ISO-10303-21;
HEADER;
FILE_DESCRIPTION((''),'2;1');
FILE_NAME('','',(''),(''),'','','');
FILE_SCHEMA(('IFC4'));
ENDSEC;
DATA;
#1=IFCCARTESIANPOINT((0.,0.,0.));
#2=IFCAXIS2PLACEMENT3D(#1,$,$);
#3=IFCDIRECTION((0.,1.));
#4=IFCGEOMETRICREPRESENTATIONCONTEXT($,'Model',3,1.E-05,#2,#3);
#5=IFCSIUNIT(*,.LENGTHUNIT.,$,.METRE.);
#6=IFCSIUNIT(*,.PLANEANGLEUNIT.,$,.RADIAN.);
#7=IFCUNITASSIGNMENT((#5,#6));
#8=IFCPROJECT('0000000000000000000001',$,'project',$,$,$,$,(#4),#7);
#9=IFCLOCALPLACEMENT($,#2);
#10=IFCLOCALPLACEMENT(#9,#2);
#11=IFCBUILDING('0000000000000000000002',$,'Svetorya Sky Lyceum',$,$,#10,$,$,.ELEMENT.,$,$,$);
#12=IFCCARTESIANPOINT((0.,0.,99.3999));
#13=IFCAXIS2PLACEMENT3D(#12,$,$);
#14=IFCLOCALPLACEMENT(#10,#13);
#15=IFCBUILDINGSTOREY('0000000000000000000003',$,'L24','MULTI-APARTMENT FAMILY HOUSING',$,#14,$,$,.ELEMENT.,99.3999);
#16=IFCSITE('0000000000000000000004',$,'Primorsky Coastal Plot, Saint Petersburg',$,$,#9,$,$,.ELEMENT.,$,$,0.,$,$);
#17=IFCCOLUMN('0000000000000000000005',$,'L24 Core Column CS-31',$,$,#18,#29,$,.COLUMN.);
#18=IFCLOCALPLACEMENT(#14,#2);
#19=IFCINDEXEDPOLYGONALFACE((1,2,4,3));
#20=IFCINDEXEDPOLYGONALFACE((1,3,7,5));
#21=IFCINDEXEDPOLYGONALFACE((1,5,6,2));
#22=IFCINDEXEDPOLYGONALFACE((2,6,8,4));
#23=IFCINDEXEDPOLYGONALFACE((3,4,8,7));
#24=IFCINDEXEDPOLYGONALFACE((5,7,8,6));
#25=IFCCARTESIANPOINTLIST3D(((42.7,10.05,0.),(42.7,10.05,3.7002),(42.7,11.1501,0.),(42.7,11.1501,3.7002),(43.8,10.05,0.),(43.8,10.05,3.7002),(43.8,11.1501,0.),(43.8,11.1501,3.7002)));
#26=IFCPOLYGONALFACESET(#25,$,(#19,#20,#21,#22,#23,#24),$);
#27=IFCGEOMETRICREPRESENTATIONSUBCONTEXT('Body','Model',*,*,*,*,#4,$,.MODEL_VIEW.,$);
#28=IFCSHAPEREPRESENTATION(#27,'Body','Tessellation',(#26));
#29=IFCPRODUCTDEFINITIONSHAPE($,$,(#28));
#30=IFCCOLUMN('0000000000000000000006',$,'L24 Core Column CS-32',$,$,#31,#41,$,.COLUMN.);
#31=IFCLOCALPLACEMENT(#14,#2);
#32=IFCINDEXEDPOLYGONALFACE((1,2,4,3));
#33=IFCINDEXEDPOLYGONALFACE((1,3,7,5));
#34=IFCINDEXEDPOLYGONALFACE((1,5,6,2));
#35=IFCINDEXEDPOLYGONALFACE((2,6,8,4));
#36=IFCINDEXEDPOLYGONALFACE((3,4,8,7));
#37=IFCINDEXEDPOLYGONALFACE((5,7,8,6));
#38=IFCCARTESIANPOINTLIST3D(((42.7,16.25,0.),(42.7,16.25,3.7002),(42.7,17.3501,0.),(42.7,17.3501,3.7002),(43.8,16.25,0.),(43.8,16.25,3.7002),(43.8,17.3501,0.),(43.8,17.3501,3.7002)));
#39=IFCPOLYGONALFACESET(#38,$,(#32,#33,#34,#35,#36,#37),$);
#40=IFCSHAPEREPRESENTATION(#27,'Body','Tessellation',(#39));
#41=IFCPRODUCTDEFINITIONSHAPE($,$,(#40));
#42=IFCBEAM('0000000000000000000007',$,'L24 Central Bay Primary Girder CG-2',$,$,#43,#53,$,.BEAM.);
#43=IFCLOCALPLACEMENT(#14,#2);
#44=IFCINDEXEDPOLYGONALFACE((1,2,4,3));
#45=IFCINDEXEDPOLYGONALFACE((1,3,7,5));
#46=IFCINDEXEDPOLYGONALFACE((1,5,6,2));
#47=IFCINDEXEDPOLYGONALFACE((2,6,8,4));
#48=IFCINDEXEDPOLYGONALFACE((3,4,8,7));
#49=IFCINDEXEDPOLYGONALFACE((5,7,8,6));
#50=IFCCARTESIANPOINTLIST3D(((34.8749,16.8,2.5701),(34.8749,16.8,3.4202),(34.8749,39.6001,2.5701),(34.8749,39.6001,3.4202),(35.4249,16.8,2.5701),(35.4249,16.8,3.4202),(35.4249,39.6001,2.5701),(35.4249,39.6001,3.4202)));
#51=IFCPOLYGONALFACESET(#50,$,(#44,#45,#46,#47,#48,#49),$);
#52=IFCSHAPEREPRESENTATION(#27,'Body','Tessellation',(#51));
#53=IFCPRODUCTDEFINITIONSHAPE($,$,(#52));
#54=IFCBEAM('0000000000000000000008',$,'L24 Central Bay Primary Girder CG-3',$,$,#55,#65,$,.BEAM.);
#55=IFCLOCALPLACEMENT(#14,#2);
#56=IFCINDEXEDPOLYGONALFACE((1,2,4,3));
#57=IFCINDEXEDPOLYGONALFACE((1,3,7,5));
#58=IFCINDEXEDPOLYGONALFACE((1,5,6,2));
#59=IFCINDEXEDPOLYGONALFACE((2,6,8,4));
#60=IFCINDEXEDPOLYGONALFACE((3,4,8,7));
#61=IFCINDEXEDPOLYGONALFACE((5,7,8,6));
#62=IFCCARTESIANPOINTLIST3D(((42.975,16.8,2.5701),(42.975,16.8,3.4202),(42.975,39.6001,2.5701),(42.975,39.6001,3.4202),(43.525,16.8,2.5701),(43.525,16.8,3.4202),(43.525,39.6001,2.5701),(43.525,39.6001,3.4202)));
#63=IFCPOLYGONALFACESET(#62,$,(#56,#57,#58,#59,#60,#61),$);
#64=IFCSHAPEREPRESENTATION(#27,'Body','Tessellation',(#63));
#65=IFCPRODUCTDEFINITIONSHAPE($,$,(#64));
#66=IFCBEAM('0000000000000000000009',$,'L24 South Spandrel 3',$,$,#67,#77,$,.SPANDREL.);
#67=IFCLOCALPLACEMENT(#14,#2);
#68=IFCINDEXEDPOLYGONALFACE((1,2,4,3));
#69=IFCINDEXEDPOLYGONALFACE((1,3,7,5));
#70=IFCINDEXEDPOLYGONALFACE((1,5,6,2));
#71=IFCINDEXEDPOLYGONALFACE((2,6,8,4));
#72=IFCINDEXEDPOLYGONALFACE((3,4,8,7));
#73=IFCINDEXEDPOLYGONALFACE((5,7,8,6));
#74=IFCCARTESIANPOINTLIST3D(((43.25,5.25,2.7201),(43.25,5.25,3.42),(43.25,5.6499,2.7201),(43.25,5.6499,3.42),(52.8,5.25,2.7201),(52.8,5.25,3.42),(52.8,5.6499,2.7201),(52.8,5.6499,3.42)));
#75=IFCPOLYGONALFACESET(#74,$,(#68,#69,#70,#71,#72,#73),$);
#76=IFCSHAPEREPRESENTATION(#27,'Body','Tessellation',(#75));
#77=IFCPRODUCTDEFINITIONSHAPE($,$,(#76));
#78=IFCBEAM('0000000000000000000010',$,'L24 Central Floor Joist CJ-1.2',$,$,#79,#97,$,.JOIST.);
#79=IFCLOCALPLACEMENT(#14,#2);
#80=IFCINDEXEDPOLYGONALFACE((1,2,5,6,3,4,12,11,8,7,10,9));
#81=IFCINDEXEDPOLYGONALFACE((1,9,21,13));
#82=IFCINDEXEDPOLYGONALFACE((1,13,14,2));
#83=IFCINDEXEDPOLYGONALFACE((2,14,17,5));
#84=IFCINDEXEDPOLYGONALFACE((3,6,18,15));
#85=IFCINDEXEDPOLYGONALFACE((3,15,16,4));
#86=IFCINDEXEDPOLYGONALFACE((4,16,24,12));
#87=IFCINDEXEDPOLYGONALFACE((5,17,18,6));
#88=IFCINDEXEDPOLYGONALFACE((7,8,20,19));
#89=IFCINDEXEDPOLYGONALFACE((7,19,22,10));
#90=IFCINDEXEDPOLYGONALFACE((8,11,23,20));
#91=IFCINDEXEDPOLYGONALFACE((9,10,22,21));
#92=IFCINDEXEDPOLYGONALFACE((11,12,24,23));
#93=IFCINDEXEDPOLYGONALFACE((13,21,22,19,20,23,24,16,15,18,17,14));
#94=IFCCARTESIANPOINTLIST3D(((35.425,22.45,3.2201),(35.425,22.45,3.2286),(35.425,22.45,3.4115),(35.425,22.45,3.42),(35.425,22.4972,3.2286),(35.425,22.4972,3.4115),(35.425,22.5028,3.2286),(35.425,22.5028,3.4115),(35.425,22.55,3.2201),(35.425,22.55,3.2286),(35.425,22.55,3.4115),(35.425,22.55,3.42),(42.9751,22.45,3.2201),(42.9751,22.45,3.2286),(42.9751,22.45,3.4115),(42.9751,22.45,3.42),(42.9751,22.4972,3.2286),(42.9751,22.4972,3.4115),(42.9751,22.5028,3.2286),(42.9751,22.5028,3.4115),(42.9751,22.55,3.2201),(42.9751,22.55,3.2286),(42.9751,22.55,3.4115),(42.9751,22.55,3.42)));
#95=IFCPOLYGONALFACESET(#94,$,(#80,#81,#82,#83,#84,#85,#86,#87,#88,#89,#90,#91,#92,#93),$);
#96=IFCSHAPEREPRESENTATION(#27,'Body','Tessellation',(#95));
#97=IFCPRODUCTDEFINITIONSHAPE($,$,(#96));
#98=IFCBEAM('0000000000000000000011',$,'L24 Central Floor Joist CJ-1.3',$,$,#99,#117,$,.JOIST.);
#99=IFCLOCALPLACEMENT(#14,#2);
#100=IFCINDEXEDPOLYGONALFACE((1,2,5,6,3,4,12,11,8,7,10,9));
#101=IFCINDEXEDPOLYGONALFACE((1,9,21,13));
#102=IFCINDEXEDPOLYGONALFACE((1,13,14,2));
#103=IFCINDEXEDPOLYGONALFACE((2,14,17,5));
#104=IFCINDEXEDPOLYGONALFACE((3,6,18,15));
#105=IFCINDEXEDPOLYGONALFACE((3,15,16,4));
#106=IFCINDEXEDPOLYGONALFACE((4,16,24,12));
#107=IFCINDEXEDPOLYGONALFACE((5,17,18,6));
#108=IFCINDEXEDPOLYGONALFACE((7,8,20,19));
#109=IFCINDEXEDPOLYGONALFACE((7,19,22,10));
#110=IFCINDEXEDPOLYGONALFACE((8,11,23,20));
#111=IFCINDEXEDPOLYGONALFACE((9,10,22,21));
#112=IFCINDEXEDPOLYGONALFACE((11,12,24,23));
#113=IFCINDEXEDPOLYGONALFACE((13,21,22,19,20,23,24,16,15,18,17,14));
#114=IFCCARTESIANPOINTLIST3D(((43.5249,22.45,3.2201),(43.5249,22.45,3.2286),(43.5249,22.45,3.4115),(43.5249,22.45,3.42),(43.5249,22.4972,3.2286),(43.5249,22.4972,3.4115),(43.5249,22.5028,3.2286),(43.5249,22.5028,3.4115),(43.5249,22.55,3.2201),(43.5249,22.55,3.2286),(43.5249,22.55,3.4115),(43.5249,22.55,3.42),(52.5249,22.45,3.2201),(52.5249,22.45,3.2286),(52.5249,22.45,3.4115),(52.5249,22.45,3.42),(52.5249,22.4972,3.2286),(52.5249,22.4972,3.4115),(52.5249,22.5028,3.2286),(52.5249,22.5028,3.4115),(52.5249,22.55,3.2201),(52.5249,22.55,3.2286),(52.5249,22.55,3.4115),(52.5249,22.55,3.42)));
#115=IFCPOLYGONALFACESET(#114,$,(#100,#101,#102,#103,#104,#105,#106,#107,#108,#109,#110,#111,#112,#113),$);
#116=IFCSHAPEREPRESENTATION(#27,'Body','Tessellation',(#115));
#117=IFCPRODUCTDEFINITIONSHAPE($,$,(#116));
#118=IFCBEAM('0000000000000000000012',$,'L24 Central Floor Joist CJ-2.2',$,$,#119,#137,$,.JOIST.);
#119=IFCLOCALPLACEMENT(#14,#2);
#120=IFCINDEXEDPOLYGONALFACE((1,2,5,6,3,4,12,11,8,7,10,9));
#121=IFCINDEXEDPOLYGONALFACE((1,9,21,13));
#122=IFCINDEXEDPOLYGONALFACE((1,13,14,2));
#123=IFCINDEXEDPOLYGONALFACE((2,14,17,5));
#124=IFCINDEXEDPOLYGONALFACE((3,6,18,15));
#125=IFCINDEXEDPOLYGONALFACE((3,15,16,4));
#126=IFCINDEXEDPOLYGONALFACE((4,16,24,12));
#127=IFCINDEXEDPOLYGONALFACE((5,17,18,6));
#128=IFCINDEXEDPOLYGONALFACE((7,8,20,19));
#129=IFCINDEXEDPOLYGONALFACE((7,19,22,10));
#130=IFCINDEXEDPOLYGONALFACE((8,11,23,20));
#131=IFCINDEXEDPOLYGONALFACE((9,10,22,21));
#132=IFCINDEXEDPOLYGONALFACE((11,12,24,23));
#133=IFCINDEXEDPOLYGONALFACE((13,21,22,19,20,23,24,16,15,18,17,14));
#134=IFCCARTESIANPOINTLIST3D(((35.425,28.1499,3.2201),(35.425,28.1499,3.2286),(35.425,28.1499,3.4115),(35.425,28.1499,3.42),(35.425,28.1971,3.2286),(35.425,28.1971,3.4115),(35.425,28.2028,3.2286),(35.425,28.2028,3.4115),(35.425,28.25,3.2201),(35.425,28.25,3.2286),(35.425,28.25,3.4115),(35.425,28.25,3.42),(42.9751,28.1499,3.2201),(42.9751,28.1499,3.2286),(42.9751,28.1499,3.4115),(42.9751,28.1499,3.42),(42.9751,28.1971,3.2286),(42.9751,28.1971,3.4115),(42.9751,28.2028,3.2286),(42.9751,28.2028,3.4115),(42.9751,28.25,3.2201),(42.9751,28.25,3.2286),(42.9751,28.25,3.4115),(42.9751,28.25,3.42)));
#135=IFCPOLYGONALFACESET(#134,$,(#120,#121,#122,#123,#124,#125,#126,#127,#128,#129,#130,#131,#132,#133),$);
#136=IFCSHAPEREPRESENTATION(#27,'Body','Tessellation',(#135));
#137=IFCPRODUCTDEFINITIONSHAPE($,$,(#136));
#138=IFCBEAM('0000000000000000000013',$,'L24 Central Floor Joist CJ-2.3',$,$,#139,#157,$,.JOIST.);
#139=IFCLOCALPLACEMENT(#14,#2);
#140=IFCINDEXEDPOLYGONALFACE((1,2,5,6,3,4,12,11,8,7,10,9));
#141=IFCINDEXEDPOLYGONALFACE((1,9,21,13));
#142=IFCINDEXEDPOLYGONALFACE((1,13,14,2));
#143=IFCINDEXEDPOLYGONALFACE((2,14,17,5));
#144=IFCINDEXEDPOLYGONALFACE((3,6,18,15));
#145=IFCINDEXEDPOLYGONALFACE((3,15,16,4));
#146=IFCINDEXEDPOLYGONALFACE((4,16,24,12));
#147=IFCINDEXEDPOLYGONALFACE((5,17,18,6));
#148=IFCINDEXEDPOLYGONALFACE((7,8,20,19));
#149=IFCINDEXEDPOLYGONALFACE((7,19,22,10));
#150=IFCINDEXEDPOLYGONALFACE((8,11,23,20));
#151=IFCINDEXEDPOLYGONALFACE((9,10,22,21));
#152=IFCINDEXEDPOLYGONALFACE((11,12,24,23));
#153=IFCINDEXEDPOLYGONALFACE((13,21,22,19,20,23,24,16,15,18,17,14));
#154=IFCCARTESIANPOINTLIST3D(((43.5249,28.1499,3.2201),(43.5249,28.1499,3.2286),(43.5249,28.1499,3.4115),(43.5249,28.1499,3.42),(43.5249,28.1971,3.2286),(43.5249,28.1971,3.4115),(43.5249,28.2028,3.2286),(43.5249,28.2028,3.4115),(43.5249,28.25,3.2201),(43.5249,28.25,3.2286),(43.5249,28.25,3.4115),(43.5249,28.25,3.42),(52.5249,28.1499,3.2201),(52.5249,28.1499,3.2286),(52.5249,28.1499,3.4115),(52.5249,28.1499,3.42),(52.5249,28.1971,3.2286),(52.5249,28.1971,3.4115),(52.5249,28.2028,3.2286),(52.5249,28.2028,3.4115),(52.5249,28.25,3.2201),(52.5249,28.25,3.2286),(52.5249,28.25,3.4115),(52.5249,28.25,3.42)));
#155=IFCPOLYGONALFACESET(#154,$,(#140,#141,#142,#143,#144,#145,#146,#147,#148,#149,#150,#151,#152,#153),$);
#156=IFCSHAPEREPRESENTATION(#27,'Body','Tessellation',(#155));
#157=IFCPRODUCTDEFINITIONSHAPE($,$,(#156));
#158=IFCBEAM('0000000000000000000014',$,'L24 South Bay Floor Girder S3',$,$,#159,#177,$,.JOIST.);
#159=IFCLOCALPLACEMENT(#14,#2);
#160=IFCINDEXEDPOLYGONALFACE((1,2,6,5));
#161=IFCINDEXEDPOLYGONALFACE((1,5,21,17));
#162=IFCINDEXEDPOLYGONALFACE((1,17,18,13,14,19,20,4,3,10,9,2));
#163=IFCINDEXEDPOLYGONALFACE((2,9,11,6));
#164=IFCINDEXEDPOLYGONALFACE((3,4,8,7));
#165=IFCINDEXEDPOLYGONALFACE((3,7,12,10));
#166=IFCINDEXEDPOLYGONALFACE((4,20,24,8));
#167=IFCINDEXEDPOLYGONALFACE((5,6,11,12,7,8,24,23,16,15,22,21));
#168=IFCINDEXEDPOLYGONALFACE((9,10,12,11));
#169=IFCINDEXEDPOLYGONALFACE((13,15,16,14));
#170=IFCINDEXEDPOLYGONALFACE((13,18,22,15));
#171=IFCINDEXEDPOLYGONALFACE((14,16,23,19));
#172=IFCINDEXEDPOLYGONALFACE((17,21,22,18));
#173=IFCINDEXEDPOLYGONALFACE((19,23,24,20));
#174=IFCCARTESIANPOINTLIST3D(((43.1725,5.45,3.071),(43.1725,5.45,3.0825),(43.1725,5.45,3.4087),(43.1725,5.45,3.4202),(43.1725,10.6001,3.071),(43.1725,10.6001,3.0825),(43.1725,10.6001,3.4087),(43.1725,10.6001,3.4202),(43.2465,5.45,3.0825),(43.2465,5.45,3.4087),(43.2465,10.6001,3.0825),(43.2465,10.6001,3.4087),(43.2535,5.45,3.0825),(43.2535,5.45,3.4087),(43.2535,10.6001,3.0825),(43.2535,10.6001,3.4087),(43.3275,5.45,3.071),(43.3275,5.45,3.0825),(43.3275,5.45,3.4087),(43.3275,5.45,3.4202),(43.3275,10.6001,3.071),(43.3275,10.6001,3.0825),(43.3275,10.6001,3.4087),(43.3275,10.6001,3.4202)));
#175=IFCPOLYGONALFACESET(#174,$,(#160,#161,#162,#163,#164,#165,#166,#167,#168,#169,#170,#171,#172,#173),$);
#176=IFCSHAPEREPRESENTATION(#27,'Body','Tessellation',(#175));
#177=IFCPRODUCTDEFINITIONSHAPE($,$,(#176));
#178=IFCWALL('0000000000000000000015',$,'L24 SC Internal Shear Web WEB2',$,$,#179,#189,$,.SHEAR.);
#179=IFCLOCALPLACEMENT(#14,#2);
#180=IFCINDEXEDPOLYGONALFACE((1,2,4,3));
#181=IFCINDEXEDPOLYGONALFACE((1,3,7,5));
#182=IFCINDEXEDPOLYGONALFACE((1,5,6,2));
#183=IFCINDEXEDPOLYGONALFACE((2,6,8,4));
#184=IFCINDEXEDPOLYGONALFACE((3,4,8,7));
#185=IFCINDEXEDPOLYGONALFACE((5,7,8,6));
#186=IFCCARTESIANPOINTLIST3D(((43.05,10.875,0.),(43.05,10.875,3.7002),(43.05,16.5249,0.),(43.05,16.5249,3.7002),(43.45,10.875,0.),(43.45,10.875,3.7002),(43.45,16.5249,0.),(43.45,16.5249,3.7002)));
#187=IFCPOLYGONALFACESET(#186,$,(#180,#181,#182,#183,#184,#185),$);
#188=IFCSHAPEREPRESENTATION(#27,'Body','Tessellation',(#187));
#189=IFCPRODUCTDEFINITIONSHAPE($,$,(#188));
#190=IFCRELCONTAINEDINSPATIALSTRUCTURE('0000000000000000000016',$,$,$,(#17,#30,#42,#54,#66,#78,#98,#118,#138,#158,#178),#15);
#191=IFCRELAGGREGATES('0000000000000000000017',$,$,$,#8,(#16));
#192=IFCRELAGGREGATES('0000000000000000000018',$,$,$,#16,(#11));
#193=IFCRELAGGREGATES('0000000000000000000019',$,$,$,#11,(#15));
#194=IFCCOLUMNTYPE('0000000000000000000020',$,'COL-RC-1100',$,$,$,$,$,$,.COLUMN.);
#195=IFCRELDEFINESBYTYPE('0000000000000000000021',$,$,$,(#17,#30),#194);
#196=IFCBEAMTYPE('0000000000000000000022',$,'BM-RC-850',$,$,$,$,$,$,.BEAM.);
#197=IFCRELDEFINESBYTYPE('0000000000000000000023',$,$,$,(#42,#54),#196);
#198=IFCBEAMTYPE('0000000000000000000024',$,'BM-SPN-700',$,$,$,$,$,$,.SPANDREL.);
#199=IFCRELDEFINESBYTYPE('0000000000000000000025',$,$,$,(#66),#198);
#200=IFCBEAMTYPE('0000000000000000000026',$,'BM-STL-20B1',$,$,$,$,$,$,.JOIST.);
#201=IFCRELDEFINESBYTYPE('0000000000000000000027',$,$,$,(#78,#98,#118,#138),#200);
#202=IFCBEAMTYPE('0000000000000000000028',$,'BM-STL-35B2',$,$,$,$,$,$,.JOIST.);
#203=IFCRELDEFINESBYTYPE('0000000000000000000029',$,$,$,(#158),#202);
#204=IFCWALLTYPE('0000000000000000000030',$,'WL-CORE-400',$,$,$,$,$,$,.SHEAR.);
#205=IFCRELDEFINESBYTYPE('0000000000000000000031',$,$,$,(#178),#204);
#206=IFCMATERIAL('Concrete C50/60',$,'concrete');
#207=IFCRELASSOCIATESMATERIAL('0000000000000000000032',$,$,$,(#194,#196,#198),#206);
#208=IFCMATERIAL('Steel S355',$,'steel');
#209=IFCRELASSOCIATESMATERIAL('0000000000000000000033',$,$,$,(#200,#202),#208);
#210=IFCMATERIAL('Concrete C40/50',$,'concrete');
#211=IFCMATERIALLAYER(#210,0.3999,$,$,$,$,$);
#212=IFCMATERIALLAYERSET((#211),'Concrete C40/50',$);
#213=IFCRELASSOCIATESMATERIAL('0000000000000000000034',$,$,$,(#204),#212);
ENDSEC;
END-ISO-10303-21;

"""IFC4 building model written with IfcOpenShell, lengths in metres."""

from ifc_helpers import new_model, si_unit, direction, frame, frame_2d, origin, origin_2d, place, context, subcontext, project, spatial, rectangle, i_section, extrude, material, layer, layer_set, material_profile, profile_set, type_object, element, save


model = new_model("IFC4")

# Units and contexts
model_context = context("Model", 3, precision=1e-05, world=origin(), true_north=direction((0.0, 1.0)))
body_context = subcontext(model_context, "Body", "Model", "MODEL_VIEW")
ifc_project = project(units=[si_unit("LENGTHUNIT", "METRE"), si_unit("PLANEANGLEUNIT", "RADIAN")], contexts=[model_context])

# Site, building, storey
site_placement = place(None, origin())
site = spatial("IfcSite", under=ifc_project, at=site_placement, Name="Primorsky Coastal Plot, Saint Petersburg", CompositionType="ELEMENT", RefElevation=0.0)
building_placement = place(site_placement, origin())
building = spatial("IfcBuilding", under=site, at=building_placement, Name="Svetorya Sky Lyceum", CompositionType="ELEMENT")
storey_placement = place(building_placement, frame((0.0, 0.0, 99.3999)))
storey = spatial("IfcBuildingStorey", under=building, at=storey_placement, Name="L24", Description="MULTI-APARTMENT FAMILY HOUSING", CompositionType="ELEMENT", Elevation=99.3999)

# Columns
ifc_material_1 = material(Name="Concrete C50/60", Category="concrete")
ifc_material_profile_1 = material_profile(ifc_material_1, rectangle(XDim=1.1001, YDim=1.1001, at=origin_2d()), Name="RC COL 1100x1100")
ifc_profile_set_1 = profile_set([ifc_material_profile_1], Name="Concrete C50/60")
column_type = type_object("IfcColumnType", Name="COL-RC-1100", PredefinedType="COLUMN", material=ifc_profile_set_1)
for number, where, z_axis, x_axis, name in (
    (1, (43.25, 10.6001, 0.0), (0.0, 0.0, 1.0), (1.0, 0.0, 0.0), "L24 Core Column CS-31"),
    (2, (43.25, 16.8, 0.0), (0.0, 0.0, 1.0), (1.0, 0.0, 0.0), "L24 Core Column CS-32"),
):
    element("IfcColumn", number, at=place(storey_placement, frame(where, z_axis=z_axis, x_axis=x_axis)), inside=storey, type_object=column_type, Name=name, PredefinedType="COLUMN", context=body_context, shape_type="SweptSolid", body=[
        extrude(rectangle(XDim=1.1001, YDim=1.1001, at=origin_2d()), origin(), (0.0, 0.0, 1.0), 3.7002),
    ])

# Beams
ifc_material_profile_2 = material_profile(ifc_material_1, rectangle(XDim=0.55, YDim=0.8501, at=origin_2d()), Name="RC BEAM 550x850")
ifc_profile_set_2 = profile_set([ifc_material_profile_2], Name="Concrete C50/60")
beam_type_1 = type_object("IfcBeamType", Name="BM-RC-850", PredefinedType="BEAM", material=ifc_profile_set_2)
for number, where, z_axis, x_axis, name in (
    (3, (35.1499, 16.8, 2.9951), (0.0, 1.0, 0.0), (-1.0, 0.0, 0.0), "L24 Central Bay Primary Girder CG-2"),
    (4, (43.25, 16.8, 2.9951), (0.0, 1.0, 0.0), (-1.0, 0.0, 0.0), "L24 Central Bay Primary Girder CG-3"),
):
    element("IfcBeam", number, at=place(storey_placement, frame(where, z_axis=z_axis, x_axis=x_axis)), inside=storey, type_object=beam_type_1, Name=name, PredefinedType="BEAM", context=body_context, shape_type="SweptSolid", body=[
        extrude(rectangle(XDim=0.55, YDim=0.8501, at=origin_2d()), origin(), (0.0, 0.0, 1.0), 22.8),
    ])
ifc_material_profile_3 = material_profile(ifc_material_1, rectangle(XDim=0.3999, YDim=0.7, at=origin_2d()), Name="RC SPANDREL 400x700")
ifc_profile_set_3 = profile_set([ifc_material_profile_3], Name="Concrete C50/60")
beam_type_2 = type_object("IfcBeamType", Name="BM-SPN-700", PredefinedType="SPANDREL", material=ifc_profile_set_3)
beam_1_placement = place(storey_placement, frame((43.25, 5.45, 3.0701), z_axis=(1.0, 0.0, 0.0), x_axis=(0.0, 1.0, 0.0)))
element("IfcBeam", 5, at=beam_1_placement, inside=storey, type_object=beam_type_2, Name="L24 South Spandrel 3", PredefinedType="SPANDREL", context=body_context, shape_type="SweptSolid", body=[
    extrude(rectangle(XDim=0.3999, YDim=0.7, at=origin_2d()), origin(), (0.0, 0.0, 1.0), 9.55),
])
ifc_material_2 = material(Name="Steel S355", Category="steel")
ifc_material_profile_4 = material_profile(ifc_material_2, i_section(OverallWidth=0.1001, OverallDepth=0.2, WebThickness=0.0056, FlangeThickness=0.0085, at=origin_2d()), Name="GOST 20B1")
ifc_profile_set_4 = profile_set([ifc_material_profile_4], Name="Steel S355")
beam_type_3 = type_object("IfcBeamType", Name="BM-STL-20B1", PredefinedType="JOIST", material=ifc_profile_set_4)
beam_2_placement = place(storey_placement, frame((35.425, 22.5, 3.3201), z_axis=(1.0, 0.0, 0.0), x_axis=(0.0, 1.0, 0.0)))
element("IfcBeam", 6, at=beam_2_placement, inside=storey, type_object=beam_type_3, Name="L24 Central Floor Joist CJ-1.2", PredefinedType="JOIST", context=body_context, shape_type="SweptSolid", body=[
    extrude(i_section(OverallWidth=0.1001, OverallDepth=0.2, WebThickness=0.0056, FlangeThickness=0.0085, at=origin_2d()), origin(), (0.0, 0.0, 1.0), 7.55),
])
beam_3_placement = place(storey_placement, frame((43.5249, 22.5, 3.3201), z_axis=(1.0, 0.0, 0.0), x_axis=(0.0, 1.0, 0.0)))
element("IfcBeam", 7, at=beam_3_placement, inside=storey, type_object=beam_type_3, Name="L24 Central Floor Joist CJ-1.3", PredefinedType="JOIST", context=body_context, shape_type="SweptSolid", body=[
    extrude(i_section(OverallWidth=0.1001, OverallDepth=0.2, WebThickness=0.0056, FlangeThickness=0.0085, at=origin_2d()), origin(), (0.0, 0.0, 1.0), 9.0),
])
beam_4_placement = place(storey_placement, frame((35.425, 28.2, 3.3201), z_axis=(1.0, 0.0, 0.0), x_axis=(0.0, 1.0, 0.0)))
element("IfcBeam", 8, at=beam_4_placement, inside=storey, type_object=beam_type_3, Name="L24 Central Floor Joist CJ-2.2", PredefinedType="JOIST", context=body_context, shape_type="SweptSolid", body=[
    extrude(i_section(OverallWidth=0.1001, OverallDepth=0.2, WebThickness=0.0056, FlangeThickness=0.0085, at=origin_2d()), origin(), (0.0, 0.0, 1.0), 7.55),
])
beam_5_placement = place(storey_placement, frame((43.5249, 28.2, 3.3201), z_axis=(1.0, 0.0, 0.0), x_axis=(0.0, 1.0, 0.0)))
element("IfcBeam", 9, at=beam_5_placement, inside=storey, type_object=beam_type_3, Name="L24 Central Floor Joist CJ-2.3", PredefinedType="JOIST", context=body_context, shape_type="SweptSolid", body=[
    extrude(i_section(OverallWidth=0.1001, OverallDepth=0.2, WebThickness=0.0056, FlangeThickness=0.0085, at=origin_2d()), origin(), (0.0, 0.0, 1.0), 9.0),
])
ifc_material_profile_5 = material_profile(ifc_material_2, i_section(OverallWidth=0.155, OverallDepth=0.3491, WebThickness=0.0071, FlangeThickness=0.0115, at=origin_2d()), Name="GOST 35B2")
ifc_profile_set_5 = profile_set([ifc_material_profile_5], Name="Steel S355")
beam_type_4 = type_object("IfcBeamType", Name="BM-STL-35B2", PredefinedType="JOIST", material=ifc_profile_set_5)
beam_6_placement = place(storey_placement, frame((43.25, 5.45, 3.2456), z_axis=(0.0, 1.0, 0.0), x_axis=(-1.0, 0.0, 0.0)))
element("IfcBeam", 10, at=beam_6_placement, inside=storey, type_object=beam_type_4, Name="L24 South Bay Floor Girder S3", PredefinedType="JOIST", context=body_context, shape_type="SweptSolid", body=[
    extrude(i_section(OverallWidth=0.155, OverallDepth=0.3491, WebThickness=0.0071, FlangeThickness=0.0115, at=origin_2d()), origin(), (0.0, 0.0, 1.0), 5.1501),
])

# Wall
ifc_material_3 = material(Name="Concrete C40/50", Category="concrete")
ifc_layer_1 = layer(ifc_material_3, 0.3999)
ifc_layer_set_1 = layer_set([ifc_layer_1], Name="Concrete C40/50")
wall_type_1 = type_object("IfcWallType", Name="WL-CORE-400", PredefinedType="SHEAR", material=ifc_layer_set_1)
wall_1_placement = place(storey_placement, frame((43.25, 10.875, 0.0), z_axis=(0.0, 0.0, 1.0), x_axis=(0.0, 1.0, 0.0)))
element("IfcWall", 11, at=wall_1_placement, inside=storey, type_object=wall_type_1, Name="L24 SC Internal Shear Web WEB2", PredefinedType="SHEAR", context=body_context, shape_type="SweptSolid", body=[
    extrude(rectangle(XDim=5.6499, YDim=0.3999, at=frame_2d((2.825, 0.0))), origin(), (0.0, 0.0, 1.0), 3.7002),
])

save(model, "model.ifc")
